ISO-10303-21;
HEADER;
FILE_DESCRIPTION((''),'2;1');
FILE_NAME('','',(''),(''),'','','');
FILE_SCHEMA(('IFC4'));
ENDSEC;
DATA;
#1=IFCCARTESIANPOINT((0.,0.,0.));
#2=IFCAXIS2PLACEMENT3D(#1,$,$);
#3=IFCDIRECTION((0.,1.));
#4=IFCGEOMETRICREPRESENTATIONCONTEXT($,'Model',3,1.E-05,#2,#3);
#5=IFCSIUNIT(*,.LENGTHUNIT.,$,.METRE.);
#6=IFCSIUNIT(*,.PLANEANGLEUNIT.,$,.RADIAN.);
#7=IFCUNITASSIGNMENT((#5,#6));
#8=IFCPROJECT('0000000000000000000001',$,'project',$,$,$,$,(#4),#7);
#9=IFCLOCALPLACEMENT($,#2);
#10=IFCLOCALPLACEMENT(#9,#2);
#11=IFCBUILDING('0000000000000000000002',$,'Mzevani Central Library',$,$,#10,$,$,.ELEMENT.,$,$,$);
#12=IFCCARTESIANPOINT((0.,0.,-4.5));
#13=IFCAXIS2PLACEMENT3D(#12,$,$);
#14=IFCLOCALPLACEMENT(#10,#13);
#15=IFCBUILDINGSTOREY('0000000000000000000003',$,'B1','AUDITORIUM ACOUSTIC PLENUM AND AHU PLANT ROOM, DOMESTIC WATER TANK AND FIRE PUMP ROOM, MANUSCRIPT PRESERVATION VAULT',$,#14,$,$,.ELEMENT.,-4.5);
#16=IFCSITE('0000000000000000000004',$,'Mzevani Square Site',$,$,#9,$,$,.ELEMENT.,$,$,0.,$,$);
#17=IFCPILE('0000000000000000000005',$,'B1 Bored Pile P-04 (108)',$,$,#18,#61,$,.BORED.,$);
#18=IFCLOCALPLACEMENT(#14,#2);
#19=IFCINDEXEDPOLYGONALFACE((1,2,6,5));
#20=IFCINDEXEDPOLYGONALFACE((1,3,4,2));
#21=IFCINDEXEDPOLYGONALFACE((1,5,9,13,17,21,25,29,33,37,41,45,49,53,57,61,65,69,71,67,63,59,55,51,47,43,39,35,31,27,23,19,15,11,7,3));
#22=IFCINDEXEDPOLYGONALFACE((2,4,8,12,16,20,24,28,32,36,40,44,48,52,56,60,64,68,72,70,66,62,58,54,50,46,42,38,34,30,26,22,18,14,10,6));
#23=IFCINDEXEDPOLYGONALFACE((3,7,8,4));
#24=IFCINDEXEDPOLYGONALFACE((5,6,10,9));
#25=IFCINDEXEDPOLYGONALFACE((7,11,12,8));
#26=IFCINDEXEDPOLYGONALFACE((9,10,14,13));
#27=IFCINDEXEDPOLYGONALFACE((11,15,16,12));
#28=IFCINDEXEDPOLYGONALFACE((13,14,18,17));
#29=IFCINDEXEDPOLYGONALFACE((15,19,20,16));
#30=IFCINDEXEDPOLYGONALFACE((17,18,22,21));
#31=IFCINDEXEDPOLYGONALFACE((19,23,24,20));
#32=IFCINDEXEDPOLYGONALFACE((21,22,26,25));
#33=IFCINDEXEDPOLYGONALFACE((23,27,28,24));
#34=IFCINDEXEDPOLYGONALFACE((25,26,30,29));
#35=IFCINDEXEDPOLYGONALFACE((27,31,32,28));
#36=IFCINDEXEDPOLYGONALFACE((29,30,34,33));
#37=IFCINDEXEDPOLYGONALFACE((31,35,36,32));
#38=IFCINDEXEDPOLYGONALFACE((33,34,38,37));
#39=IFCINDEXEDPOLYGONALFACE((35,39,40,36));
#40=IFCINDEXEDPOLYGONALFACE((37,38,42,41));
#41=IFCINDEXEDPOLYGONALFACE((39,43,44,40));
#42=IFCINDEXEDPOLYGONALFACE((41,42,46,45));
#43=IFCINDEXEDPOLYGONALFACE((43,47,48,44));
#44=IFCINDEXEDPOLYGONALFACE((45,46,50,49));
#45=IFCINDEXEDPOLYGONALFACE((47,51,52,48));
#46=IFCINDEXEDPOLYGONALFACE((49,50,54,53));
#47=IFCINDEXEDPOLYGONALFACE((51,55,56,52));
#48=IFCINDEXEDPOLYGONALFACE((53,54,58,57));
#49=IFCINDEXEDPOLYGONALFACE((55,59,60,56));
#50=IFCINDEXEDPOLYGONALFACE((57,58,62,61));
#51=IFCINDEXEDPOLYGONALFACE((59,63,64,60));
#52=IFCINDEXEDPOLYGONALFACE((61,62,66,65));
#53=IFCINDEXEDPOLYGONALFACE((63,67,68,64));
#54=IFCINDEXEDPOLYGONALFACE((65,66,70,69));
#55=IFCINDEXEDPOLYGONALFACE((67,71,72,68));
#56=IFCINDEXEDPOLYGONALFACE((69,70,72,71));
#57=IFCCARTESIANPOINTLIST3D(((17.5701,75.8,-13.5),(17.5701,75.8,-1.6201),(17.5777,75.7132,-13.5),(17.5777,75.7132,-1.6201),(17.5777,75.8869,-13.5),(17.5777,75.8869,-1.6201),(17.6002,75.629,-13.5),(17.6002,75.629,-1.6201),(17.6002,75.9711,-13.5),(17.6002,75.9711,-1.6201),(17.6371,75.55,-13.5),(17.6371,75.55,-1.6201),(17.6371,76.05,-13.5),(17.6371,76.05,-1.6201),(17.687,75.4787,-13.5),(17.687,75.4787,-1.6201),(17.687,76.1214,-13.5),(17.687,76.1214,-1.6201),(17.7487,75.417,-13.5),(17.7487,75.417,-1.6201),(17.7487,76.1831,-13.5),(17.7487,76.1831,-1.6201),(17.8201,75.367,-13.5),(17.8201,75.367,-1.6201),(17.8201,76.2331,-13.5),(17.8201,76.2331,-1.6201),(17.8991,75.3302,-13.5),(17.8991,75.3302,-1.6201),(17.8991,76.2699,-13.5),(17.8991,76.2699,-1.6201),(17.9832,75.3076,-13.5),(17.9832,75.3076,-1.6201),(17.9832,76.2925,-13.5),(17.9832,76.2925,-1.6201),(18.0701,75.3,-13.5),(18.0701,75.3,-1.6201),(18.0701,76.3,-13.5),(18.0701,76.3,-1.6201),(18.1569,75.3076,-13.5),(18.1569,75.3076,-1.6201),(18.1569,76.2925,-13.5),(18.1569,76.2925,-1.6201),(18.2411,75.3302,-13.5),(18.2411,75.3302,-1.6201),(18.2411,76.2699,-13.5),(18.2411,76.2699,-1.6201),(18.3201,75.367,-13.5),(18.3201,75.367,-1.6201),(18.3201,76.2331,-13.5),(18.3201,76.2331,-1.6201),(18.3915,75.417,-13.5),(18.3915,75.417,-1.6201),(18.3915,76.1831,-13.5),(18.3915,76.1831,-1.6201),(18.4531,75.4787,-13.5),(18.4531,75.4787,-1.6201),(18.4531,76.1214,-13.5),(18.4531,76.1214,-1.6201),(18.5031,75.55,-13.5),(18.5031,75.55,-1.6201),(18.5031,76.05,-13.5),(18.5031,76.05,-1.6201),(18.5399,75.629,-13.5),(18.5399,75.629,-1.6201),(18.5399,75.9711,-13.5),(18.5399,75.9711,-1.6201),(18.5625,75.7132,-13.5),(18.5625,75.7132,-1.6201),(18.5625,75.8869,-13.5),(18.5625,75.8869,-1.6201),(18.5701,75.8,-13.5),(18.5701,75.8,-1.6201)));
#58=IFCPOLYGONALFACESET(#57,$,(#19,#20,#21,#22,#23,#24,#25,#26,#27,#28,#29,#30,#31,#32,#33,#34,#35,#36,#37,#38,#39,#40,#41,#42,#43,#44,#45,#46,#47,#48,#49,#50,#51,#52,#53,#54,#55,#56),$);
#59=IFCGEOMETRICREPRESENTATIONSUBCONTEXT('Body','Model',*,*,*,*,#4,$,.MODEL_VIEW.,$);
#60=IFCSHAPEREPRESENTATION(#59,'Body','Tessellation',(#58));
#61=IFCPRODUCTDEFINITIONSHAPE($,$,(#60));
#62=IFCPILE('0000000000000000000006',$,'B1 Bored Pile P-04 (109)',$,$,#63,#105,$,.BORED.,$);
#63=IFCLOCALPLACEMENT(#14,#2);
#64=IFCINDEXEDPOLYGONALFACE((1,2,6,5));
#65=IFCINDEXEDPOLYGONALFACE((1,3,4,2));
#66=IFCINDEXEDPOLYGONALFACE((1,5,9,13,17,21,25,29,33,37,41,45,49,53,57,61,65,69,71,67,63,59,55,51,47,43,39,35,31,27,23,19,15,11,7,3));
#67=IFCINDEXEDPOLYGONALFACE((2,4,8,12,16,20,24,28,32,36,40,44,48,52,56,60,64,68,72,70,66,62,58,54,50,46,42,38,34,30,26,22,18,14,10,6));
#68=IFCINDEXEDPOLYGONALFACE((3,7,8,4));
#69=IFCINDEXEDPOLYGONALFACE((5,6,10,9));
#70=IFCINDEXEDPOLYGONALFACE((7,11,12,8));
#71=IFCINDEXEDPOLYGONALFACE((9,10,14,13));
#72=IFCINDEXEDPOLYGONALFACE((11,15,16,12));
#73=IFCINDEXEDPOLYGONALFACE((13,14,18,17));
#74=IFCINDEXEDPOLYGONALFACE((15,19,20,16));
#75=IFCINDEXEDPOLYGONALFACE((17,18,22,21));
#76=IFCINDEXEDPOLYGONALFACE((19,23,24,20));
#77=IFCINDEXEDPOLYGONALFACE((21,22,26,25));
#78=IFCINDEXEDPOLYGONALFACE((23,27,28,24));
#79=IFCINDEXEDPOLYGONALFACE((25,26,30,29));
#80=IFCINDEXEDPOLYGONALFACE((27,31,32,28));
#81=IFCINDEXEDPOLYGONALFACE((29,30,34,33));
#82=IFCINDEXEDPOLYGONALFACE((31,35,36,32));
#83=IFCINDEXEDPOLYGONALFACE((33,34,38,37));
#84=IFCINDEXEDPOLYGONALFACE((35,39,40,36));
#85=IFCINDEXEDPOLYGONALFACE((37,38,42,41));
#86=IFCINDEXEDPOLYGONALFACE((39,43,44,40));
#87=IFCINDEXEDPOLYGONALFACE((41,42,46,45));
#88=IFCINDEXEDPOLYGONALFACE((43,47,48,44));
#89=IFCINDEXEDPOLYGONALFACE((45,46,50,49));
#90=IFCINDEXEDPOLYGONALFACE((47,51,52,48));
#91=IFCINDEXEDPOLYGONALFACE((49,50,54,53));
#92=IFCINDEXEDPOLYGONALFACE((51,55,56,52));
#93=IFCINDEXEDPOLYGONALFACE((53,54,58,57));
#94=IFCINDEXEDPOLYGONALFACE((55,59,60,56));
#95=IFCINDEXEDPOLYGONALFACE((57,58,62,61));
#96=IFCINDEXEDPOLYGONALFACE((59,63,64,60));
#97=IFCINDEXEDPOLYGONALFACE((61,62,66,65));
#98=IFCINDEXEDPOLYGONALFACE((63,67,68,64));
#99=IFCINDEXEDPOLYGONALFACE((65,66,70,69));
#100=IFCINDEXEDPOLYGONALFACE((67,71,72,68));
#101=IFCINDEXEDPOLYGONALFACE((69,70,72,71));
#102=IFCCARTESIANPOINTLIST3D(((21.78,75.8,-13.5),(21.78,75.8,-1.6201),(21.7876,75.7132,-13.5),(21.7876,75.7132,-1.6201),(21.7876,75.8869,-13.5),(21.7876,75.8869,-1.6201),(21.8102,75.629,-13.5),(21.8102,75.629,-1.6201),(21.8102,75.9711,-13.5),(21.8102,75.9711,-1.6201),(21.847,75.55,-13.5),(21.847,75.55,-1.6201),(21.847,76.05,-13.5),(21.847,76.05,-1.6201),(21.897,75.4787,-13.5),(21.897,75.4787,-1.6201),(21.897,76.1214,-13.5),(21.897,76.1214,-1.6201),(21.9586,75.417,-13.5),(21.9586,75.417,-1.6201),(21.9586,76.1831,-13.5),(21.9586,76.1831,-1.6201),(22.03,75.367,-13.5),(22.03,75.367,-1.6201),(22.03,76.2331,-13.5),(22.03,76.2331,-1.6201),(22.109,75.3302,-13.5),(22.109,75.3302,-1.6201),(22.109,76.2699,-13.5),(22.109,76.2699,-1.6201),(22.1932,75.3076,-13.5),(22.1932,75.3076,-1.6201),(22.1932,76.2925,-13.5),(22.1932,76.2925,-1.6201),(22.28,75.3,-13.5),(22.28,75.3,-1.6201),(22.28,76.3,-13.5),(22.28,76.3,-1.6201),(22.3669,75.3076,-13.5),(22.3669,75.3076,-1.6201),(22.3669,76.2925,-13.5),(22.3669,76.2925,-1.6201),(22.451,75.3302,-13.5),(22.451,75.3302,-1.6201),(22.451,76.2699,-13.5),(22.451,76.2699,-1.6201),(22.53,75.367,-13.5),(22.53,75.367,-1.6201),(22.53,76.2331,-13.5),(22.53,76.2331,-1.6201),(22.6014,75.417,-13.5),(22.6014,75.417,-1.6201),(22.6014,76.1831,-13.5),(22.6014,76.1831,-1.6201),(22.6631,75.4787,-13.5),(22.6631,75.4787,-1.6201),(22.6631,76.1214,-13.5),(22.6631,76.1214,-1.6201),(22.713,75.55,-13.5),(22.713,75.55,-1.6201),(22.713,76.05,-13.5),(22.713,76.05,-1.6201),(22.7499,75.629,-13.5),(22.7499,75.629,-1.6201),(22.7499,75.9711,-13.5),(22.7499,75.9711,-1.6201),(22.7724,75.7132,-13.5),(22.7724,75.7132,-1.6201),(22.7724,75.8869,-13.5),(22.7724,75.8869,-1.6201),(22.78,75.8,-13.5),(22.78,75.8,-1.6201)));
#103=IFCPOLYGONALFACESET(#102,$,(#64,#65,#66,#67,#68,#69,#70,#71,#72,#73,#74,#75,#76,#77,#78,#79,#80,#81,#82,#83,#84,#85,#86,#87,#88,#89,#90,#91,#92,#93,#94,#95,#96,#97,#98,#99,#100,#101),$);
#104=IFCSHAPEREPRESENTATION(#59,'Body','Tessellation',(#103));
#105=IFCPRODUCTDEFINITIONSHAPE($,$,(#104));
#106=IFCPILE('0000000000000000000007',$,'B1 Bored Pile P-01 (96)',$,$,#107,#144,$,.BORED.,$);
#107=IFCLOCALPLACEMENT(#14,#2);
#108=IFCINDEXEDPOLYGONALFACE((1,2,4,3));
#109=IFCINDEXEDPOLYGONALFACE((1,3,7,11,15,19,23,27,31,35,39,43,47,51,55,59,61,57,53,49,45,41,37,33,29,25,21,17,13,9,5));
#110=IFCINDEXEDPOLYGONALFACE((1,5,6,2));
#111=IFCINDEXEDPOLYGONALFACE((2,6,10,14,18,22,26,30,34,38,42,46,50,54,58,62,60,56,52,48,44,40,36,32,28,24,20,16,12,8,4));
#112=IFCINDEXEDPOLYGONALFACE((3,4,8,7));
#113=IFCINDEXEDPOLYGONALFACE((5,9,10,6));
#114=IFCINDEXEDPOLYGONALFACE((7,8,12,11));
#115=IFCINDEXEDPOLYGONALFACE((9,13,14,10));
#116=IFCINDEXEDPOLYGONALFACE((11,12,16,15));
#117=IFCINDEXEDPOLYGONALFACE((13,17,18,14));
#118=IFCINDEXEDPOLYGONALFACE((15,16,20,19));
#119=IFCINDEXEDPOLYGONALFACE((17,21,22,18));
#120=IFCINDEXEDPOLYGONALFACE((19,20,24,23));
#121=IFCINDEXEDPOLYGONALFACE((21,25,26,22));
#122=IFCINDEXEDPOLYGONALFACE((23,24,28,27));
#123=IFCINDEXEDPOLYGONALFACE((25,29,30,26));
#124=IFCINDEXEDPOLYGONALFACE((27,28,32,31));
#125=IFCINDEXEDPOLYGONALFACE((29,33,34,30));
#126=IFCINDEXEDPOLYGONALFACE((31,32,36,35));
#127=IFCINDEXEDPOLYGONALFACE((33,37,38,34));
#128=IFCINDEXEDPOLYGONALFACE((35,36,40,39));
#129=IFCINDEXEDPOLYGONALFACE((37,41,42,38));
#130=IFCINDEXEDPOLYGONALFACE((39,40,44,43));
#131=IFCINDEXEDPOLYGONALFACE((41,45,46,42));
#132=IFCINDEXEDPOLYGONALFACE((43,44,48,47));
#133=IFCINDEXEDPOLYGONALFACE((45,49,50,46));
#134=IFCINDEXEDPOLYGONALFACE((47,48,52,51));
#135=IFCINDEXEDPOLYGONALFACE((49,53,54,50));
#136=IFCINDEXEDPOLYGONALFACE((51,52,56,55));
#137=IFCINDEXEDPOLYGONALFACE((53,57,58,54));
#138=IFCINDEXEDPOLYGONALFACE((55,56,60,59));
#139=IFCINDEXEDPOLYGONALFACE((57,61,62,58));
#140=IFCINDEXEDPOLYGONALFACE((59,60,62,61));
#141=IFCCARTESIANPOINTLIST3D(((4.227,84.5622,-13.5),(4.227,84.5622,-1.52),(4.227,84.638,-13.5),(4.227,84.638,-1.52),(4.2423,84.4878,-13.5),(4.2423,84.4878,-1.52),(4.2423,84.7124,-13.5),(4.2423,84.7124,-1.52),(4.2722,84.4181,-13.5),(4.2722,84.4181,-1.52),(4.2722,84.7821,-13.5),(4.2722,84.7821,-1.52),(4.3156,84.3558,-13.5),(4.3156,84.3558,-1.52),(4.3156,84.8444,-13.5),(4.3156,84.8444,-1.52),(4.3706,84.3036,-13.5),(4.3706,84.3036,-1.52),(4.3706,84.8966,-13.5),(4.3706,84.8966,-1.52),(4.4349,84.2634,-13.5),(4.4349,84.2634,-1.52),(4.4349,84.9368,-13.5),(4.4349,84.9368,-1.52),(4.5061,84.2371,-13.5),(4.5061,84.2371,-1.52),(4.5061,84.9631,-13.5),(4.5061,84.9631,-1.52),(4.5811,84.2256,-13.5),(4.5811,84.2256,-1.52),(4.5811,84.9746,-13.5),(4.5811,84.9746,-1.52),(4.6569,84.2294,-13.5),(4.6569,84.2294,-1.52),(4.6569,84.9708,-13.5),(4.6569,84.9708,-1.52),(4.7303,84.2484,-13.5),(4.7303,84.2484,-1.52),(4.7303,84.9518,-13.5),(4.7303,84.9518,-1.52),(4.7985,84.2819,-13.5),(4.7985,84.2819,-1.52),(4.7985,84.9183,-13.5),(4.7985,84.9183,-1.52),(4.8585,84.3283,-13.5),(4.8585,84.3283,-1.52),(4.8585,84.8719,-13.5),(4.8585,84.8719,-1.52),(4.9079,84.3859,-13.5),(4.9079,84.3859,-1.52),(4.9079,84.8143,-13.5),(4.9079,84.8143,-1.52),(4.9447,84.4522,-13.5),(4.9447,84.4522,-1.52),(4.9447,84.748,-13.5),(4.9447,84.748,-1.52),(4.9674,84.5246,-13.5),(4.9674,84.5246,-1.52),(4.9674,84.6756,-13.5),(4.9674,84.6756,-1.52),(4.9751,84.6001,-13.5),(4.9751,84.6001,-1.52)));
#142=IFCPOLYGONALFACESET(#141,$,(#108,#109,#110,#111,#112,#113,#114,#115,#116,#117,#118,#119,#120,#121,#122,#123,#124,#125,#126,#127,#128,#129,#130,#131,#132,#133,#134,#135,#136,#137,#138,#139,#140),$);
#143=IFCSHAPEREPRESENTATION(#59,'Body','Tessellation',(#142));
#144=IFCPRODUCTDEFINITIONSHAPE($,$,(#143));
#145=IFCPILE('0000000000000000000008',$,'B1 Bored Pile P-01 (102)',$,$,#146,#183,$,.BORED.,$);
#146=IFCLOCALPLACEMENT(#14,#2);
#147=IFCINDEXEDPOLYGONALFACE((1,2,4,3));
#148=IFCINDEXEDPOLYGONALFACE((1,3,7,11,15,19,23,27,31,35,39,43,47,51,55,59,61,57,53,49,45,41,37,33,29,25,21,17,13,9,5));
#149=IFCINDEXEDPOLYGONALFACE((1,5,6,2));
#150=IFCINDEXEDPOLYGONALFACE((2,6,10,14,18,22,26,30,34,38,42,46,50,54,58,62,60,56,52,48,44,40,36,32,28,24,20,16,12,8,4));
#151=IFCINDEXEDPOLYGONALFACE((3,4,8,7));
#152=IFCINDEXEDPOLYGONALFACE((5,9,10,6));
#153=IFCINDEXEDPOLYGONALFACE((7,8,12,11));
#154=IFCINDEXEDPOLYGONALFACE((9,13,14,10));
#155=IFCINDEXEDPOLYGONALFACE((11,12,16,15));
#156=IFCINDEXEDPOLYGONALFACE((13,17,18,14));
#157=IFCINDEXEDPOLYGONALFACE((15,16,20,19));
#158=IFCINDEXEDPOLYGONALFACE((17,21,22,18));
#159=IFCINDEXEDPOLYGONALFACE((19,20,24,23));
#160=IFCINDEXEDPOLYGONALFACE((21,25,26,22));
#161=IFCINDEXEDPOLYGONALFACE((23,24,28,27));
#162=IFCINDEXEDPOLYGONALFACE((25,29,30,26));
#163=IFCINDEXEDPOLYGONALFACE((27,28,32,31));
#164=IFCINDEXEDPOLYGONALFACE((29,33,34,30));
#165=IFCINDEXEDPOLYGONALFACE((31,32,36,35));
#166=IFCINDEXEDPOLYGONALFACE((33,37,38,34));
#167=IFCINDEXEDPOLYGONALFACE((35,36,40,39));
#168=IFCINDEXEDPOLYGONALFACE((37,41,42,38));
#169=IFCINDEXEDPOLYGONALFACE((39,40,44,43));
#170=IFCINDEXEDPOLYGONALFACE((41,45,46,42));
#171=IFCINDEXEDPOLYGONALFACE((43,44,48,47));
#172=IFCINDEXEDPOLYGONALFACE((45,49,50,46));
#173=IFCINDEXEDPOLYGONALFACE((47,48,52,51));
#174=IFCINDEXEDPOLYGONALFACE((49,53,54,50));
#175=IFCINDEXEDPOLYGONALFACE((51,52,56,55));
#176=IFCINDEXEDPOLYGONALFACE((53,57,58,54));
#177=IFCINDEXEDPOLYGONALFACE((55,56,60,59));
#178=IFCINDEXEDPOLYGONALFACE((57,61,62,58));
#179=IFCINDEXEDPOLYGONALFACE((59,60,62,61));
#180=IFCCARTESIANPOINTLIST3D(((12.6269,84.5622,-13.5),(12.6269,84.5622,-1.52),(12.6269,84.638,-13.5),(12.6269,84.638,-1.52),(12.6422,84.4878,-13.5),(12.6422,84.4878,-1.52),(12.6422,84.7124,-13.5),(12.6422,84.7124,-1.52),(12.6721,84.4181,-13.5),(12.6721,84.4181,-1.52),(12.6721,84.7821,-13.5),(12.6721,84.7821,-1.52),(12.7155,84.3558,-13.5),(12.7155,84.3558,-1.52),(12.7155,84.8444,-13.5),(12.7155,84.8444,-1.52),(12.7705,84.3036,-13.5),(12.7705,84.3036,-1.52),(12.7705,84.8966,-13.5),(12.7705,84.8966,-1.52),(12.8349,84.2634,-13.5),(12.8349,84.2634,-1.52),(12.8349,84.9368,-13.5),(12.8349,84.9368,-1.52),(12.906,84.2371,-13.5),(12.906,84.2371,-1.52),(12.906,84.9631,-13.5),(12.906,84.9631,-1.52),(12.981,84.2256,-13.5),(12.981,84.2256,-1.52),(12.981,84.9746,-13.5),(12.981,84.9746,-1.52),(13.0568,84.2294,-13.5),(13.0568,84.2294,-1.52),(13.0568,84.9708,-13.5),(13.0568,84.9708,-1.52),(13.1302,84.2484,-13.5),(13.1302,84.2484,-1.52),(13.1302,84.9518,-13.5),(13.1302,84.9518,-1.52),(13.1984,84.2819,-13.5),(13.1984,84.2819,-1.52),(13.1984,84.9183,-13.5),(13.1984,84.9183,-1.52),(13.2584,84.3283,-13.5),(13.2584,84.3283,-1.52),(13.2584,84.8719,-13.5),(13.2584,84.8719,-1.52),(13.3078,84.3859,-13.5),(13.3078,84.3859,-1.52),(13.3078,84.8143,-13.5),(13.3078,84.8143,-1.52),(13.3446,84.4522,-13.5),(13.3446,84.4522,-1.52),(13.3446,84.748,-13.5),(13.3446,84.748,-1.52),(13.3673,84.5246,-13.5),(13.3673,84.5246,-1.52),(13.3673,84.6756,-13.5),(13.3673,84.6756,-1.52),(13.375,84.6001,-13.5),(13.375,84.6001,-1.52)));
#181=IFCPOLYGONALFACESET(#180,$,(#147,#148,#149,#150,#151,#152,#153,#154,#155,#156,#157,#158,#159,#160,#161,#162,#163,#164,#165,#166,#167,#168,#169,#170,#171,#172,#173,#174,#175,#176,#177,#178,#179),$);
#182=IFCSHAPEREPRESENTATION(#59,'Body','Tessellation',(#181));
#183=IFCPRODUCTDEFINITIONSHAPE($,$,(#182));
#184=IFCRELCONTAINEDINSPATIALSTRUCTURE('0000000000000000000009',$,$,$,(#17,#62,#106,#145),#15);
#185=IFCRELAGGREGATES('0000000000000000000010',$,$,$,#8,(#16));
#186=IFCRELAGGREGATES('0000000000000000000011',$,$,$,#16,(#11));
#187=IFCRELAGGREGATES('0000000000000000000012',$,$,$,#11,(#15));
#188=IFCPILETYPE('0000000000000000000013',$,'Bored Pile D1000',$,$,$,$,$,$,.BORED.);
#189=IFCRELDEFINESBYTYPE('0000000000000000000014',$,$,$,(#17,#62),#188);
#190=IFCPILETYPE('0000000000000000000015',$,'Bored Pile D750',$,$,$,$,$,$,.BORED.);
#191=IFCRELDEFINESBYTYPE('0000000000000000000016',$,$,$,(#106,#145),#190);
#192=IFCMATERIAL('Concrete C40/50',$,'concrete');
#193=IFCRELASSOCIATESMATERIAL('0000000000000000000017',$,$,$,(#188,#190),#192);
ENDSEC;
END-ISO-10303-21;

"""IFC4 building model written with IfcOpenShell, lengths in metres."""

from ifc_helpers import new_model, si_unit, direction, frame, origin, origin_2d, place, context, subcontext, project, spatial, circle, extrude, material, material_profile, profile_set, type_object, element, save


model = new_model("IFC4")

# Units and contexts
model_context = context("Model", 3, precision=1e-05, world=origin(), true_north=direction((0.0, 1.0)))
body_context = subcontext(model_context, "Body", "Model", "MODEL_VIEW")
ifc_project = project(units=[si_unit("LENGTHUNIT", "METRE"), si_unit("PLANEANGLEUNIT", "RADIAN")], contexts=[model_context])

# Site, building, storey
site_placement = place(None, origin())
site = spatial("IfcSite", under=ifc_project, at=site_placement, Name="Mzevani Square Site", CompositionType="ELEMENT", RefElevation=0.0)
building_placement = place(site_placement, origin())
building = spatial("IfcBuilding", under=site, at=building_placement, Name="Mzevani Central Library", CompositionType="ELEMENT")
storey_placement = place(building_placement, frame((0.0, 0.0, -4.5)))
storey = spatial("IfcBuildingStorey", under=building, at=storey_placement, Name="B1", Description="AUDITORIUM ACOUSTIC PLENUM AND AHU PLANT ROOM, DOMESTIC WATER TANK AND FIRE PUMP ROOM, MANUSCRIPT PRESERVATION VAULT", CompositionType="ELEMENT", Elevation=-4.5)

# Piles
ifc_material_1 = material(Name="Concrete C40/50", Category="concrete")
ifc_material_profile_1 = material_profile(ifc_material_1, circle(Radius=0.5, at=origin_2d()), Name="PILE D1000")
ifc_profile_set_1 = profile_set([ifc_material_profile_1], Name="Concrete C40/50")
pile_type_1 = type_object("IfcPileType", Name="Bored Pile D1000", PredefinedType="BORED", material=ifc_profile_set_1)
for number, where, z_axis, x_axis, name in (
    (1, (18.0701, 75.8, -1.6201), (0.0, 0.0, -1.0), (1.0, 0.0, 0.0), "B1 Bored Pile P-04 (108)"),
    (2, (22.28, 75.8, -1.6201), (0.0, 0.0, -1.0), (1.0, 0.0, 0.0), "B1 Bored Pile P-04 (109)"),
):
    element("IfcPile", number, at=place(storey_placement, frame(where, z_axis=z_axis, x_axis=x_axis)), inside=storey, type_object=pile_type_1, Name=name, PredefinedType="BORED", context=body_context, shape_type="SweptSolid", body=[
        extrude(circle(Radius=0.5, at=origin_2d()), origin(), (0.0, 0.0, 1.0), 11.8799),
    ])
ifc_material_profile_2 = material_profile(ifc_material_1, circle(Radius=0.375, at=origin_2d()), Name="PILE D750")
ifc_profile_set_2 = profile_set([ifc_material_profile_2], Name="Concrete C40/50")
pile_type_2 = type_object("IfcPileType", Name="Bored Pile D750", PredefinedType="BORED", material=ifc_profile_set_2)
for number, where, z_axis, x_axis, name in (
    (3, (4.6001, 84.6001, -1.52), (0.0, 0.0, -1.0), (1.0, 0.0, 0.0), "B1 Bored Pile P-01 (96)"),
    (4, (13.0, 84.6001, -1.52), (0.0, 0.0, -1.0), (1.0, 0.0, 0.0), "B1 Bored Pile P-01 (102)"),
):
    element("IfcPile", number, at=place(storey_placement, frame(where, z_axis=z_axis, x_axis=x_axis)), inside=storey, type_object=pile_type_2, Name=name, PredefinedType="BORED", context=body_context, shape_type="SweptSolid", body=[
        extrude(circle(Radius=0.375, at=origin_2d()), origin(), (0.0, 0.0, 1.0), 11.98),
    ])

save(model, "model.ifc")
